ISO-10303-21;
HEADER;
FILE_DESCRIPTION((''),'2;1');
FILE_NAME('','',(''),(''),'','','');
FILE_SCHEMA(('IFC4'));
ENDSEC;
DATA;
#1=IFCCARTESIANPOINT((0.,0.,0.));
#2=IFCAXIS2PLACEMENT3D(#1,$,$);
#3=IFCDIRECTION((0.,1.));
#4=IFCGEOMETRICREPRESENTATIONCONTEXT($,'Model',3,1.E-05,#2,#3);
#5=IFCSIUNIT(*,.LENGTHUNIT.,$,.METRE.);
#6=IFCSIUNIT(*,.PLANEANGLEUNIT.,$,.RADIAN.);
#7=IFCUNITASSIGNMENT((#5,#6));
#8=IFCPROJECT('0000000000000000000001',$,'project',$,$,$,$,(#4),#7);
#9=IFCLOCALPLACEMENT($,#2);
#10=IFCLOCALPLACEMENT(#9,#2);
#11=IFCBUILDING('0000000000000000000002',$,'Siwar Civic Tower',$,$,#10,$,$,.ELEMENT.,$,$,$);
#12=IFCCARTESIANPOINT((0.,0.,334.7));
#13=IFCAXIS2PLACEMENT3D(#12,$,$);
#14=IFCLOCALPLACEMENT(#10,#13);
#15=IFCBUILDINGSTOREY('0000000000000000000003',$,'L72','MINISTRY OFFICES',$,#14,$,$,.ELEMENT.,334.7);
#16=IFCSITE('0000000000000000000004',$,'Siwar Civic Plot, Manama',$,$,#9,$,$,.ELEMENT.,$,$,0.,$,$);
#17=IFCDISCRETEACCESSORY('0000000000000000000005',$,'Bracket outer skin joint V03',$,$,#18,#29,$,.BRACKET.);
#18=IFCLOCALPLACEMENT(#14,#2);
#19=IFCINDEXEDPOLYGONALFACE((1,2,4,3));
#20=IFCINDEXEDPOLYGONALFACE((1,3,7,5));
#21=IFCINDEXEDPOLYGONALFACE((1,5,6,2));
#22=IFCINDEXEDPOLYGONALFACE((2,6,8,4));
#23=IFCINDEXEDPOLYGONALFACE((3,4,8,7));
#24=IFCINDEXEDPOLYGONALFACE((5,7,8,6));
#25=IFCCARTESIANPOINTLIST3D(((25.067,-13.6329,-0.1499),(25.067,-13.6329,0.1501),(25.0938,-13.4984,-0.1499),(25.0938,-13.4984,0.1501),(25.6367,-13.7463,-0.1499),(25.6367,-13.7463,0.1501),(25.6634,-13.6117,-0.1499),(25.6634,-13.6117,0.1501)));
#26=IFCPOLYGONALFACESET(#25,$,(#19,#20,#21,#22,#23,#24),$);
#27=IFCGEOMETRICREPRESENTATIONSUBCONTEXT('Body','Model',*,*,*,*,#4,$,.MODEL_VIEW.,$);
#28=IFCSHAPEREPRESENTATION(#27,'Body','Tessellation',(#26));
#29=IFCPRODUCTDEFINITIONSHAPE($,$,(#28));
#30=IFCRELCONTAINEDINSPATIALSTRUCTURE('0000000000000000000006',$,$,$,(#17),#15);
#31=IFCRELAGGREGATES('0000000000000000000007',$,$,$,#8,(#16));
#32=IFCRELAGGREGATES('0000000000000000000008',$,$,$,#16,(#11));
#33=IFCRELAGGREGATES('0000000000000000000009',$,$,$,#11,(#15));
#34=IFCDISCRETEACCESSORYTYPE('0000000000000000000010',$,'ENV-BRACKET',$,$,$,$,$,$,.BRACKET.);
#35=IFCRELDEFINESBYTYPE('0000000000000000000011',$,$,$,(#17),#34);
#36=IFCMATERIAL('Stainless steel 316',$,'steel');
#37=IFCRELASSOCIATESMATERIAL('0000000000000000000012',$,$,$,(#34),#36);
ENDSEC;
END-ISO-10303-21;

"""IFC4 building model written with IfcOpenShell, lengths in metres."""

from ifc_helpers import new_model, si_unit, direction, frame, origin, origin_2d, place, context, subcontext, project, spatial, rectangle, extrude, material, type_object, element, save


model = new_model("IFC4")

# Units and contexts
model_context = context("Model", 3, precision=1e-05, world=origin(), true_north=direction((0.0, 1.0)))
body_context = subcontext(model_context, "Body", "Model", "MODEL_VIEW")
ifc_project = project(units=[si_unit("LENGTHUNIT", "METRE"), si_unit("PLANEANGLEUNIT", "RADIAN")], contexts=[model_context])

# Site, building, storey
site_placement = place(None, origin())
site = spatial("IfcSite", under=ifc_project, at=site_placement, Name="Siwar Civic Plot, Manama", CompositionType="ELEMENT", RefElevation=0.0)
building_placement = place(site_placement, origin())
building = spatial("IfcBuilding", under=site, at=building_placement, Name="Siwar Civic Tower", CompositionType="ELEMENT")
storey_placement = place(building_placement, frame((0.0, 0.0, 334.7)))
storey = spatial("IfcBuildingStorey", under=building, at=storey_placement, Name="L72", Description="MINISTRY OFFICES", CompositionType="ELEMENT", Elevation=334.7)

# Discrete accessory
ifc_material_1 = material(Name="Stainless steel 316", Category="steel")
discrete_accessory_type = type_object("IfcDiscreteAccessoryType", Name="ENV-BRACKET", PredefinedType="BRACKET", material=ifc_material_1)
discrete_accessory_1_placement = place(storey_placement, frame((25.3652, -13.6223, -0.1499), z_axis=(0.0, 0.0, 1.0), x_axis=(0.980785, -0.19509, 0.0)))
element("IfcDiscreteAccessory", 1, at=discrete_accessory_1_placement, inside=storey, type_object=discrete_accessory_type, Name="Bracket outer skin joint V03", PredefinedType="BRACKET", context=body_context, shape_type="SweptSolid", body=[
    extrude(rectangle(XDim=0.5808, YDim=0.1372, at=origin_2d()), origin(), (0.0, 0.0, 1.0), 0.3),
])

save(model, "model.ifc")
